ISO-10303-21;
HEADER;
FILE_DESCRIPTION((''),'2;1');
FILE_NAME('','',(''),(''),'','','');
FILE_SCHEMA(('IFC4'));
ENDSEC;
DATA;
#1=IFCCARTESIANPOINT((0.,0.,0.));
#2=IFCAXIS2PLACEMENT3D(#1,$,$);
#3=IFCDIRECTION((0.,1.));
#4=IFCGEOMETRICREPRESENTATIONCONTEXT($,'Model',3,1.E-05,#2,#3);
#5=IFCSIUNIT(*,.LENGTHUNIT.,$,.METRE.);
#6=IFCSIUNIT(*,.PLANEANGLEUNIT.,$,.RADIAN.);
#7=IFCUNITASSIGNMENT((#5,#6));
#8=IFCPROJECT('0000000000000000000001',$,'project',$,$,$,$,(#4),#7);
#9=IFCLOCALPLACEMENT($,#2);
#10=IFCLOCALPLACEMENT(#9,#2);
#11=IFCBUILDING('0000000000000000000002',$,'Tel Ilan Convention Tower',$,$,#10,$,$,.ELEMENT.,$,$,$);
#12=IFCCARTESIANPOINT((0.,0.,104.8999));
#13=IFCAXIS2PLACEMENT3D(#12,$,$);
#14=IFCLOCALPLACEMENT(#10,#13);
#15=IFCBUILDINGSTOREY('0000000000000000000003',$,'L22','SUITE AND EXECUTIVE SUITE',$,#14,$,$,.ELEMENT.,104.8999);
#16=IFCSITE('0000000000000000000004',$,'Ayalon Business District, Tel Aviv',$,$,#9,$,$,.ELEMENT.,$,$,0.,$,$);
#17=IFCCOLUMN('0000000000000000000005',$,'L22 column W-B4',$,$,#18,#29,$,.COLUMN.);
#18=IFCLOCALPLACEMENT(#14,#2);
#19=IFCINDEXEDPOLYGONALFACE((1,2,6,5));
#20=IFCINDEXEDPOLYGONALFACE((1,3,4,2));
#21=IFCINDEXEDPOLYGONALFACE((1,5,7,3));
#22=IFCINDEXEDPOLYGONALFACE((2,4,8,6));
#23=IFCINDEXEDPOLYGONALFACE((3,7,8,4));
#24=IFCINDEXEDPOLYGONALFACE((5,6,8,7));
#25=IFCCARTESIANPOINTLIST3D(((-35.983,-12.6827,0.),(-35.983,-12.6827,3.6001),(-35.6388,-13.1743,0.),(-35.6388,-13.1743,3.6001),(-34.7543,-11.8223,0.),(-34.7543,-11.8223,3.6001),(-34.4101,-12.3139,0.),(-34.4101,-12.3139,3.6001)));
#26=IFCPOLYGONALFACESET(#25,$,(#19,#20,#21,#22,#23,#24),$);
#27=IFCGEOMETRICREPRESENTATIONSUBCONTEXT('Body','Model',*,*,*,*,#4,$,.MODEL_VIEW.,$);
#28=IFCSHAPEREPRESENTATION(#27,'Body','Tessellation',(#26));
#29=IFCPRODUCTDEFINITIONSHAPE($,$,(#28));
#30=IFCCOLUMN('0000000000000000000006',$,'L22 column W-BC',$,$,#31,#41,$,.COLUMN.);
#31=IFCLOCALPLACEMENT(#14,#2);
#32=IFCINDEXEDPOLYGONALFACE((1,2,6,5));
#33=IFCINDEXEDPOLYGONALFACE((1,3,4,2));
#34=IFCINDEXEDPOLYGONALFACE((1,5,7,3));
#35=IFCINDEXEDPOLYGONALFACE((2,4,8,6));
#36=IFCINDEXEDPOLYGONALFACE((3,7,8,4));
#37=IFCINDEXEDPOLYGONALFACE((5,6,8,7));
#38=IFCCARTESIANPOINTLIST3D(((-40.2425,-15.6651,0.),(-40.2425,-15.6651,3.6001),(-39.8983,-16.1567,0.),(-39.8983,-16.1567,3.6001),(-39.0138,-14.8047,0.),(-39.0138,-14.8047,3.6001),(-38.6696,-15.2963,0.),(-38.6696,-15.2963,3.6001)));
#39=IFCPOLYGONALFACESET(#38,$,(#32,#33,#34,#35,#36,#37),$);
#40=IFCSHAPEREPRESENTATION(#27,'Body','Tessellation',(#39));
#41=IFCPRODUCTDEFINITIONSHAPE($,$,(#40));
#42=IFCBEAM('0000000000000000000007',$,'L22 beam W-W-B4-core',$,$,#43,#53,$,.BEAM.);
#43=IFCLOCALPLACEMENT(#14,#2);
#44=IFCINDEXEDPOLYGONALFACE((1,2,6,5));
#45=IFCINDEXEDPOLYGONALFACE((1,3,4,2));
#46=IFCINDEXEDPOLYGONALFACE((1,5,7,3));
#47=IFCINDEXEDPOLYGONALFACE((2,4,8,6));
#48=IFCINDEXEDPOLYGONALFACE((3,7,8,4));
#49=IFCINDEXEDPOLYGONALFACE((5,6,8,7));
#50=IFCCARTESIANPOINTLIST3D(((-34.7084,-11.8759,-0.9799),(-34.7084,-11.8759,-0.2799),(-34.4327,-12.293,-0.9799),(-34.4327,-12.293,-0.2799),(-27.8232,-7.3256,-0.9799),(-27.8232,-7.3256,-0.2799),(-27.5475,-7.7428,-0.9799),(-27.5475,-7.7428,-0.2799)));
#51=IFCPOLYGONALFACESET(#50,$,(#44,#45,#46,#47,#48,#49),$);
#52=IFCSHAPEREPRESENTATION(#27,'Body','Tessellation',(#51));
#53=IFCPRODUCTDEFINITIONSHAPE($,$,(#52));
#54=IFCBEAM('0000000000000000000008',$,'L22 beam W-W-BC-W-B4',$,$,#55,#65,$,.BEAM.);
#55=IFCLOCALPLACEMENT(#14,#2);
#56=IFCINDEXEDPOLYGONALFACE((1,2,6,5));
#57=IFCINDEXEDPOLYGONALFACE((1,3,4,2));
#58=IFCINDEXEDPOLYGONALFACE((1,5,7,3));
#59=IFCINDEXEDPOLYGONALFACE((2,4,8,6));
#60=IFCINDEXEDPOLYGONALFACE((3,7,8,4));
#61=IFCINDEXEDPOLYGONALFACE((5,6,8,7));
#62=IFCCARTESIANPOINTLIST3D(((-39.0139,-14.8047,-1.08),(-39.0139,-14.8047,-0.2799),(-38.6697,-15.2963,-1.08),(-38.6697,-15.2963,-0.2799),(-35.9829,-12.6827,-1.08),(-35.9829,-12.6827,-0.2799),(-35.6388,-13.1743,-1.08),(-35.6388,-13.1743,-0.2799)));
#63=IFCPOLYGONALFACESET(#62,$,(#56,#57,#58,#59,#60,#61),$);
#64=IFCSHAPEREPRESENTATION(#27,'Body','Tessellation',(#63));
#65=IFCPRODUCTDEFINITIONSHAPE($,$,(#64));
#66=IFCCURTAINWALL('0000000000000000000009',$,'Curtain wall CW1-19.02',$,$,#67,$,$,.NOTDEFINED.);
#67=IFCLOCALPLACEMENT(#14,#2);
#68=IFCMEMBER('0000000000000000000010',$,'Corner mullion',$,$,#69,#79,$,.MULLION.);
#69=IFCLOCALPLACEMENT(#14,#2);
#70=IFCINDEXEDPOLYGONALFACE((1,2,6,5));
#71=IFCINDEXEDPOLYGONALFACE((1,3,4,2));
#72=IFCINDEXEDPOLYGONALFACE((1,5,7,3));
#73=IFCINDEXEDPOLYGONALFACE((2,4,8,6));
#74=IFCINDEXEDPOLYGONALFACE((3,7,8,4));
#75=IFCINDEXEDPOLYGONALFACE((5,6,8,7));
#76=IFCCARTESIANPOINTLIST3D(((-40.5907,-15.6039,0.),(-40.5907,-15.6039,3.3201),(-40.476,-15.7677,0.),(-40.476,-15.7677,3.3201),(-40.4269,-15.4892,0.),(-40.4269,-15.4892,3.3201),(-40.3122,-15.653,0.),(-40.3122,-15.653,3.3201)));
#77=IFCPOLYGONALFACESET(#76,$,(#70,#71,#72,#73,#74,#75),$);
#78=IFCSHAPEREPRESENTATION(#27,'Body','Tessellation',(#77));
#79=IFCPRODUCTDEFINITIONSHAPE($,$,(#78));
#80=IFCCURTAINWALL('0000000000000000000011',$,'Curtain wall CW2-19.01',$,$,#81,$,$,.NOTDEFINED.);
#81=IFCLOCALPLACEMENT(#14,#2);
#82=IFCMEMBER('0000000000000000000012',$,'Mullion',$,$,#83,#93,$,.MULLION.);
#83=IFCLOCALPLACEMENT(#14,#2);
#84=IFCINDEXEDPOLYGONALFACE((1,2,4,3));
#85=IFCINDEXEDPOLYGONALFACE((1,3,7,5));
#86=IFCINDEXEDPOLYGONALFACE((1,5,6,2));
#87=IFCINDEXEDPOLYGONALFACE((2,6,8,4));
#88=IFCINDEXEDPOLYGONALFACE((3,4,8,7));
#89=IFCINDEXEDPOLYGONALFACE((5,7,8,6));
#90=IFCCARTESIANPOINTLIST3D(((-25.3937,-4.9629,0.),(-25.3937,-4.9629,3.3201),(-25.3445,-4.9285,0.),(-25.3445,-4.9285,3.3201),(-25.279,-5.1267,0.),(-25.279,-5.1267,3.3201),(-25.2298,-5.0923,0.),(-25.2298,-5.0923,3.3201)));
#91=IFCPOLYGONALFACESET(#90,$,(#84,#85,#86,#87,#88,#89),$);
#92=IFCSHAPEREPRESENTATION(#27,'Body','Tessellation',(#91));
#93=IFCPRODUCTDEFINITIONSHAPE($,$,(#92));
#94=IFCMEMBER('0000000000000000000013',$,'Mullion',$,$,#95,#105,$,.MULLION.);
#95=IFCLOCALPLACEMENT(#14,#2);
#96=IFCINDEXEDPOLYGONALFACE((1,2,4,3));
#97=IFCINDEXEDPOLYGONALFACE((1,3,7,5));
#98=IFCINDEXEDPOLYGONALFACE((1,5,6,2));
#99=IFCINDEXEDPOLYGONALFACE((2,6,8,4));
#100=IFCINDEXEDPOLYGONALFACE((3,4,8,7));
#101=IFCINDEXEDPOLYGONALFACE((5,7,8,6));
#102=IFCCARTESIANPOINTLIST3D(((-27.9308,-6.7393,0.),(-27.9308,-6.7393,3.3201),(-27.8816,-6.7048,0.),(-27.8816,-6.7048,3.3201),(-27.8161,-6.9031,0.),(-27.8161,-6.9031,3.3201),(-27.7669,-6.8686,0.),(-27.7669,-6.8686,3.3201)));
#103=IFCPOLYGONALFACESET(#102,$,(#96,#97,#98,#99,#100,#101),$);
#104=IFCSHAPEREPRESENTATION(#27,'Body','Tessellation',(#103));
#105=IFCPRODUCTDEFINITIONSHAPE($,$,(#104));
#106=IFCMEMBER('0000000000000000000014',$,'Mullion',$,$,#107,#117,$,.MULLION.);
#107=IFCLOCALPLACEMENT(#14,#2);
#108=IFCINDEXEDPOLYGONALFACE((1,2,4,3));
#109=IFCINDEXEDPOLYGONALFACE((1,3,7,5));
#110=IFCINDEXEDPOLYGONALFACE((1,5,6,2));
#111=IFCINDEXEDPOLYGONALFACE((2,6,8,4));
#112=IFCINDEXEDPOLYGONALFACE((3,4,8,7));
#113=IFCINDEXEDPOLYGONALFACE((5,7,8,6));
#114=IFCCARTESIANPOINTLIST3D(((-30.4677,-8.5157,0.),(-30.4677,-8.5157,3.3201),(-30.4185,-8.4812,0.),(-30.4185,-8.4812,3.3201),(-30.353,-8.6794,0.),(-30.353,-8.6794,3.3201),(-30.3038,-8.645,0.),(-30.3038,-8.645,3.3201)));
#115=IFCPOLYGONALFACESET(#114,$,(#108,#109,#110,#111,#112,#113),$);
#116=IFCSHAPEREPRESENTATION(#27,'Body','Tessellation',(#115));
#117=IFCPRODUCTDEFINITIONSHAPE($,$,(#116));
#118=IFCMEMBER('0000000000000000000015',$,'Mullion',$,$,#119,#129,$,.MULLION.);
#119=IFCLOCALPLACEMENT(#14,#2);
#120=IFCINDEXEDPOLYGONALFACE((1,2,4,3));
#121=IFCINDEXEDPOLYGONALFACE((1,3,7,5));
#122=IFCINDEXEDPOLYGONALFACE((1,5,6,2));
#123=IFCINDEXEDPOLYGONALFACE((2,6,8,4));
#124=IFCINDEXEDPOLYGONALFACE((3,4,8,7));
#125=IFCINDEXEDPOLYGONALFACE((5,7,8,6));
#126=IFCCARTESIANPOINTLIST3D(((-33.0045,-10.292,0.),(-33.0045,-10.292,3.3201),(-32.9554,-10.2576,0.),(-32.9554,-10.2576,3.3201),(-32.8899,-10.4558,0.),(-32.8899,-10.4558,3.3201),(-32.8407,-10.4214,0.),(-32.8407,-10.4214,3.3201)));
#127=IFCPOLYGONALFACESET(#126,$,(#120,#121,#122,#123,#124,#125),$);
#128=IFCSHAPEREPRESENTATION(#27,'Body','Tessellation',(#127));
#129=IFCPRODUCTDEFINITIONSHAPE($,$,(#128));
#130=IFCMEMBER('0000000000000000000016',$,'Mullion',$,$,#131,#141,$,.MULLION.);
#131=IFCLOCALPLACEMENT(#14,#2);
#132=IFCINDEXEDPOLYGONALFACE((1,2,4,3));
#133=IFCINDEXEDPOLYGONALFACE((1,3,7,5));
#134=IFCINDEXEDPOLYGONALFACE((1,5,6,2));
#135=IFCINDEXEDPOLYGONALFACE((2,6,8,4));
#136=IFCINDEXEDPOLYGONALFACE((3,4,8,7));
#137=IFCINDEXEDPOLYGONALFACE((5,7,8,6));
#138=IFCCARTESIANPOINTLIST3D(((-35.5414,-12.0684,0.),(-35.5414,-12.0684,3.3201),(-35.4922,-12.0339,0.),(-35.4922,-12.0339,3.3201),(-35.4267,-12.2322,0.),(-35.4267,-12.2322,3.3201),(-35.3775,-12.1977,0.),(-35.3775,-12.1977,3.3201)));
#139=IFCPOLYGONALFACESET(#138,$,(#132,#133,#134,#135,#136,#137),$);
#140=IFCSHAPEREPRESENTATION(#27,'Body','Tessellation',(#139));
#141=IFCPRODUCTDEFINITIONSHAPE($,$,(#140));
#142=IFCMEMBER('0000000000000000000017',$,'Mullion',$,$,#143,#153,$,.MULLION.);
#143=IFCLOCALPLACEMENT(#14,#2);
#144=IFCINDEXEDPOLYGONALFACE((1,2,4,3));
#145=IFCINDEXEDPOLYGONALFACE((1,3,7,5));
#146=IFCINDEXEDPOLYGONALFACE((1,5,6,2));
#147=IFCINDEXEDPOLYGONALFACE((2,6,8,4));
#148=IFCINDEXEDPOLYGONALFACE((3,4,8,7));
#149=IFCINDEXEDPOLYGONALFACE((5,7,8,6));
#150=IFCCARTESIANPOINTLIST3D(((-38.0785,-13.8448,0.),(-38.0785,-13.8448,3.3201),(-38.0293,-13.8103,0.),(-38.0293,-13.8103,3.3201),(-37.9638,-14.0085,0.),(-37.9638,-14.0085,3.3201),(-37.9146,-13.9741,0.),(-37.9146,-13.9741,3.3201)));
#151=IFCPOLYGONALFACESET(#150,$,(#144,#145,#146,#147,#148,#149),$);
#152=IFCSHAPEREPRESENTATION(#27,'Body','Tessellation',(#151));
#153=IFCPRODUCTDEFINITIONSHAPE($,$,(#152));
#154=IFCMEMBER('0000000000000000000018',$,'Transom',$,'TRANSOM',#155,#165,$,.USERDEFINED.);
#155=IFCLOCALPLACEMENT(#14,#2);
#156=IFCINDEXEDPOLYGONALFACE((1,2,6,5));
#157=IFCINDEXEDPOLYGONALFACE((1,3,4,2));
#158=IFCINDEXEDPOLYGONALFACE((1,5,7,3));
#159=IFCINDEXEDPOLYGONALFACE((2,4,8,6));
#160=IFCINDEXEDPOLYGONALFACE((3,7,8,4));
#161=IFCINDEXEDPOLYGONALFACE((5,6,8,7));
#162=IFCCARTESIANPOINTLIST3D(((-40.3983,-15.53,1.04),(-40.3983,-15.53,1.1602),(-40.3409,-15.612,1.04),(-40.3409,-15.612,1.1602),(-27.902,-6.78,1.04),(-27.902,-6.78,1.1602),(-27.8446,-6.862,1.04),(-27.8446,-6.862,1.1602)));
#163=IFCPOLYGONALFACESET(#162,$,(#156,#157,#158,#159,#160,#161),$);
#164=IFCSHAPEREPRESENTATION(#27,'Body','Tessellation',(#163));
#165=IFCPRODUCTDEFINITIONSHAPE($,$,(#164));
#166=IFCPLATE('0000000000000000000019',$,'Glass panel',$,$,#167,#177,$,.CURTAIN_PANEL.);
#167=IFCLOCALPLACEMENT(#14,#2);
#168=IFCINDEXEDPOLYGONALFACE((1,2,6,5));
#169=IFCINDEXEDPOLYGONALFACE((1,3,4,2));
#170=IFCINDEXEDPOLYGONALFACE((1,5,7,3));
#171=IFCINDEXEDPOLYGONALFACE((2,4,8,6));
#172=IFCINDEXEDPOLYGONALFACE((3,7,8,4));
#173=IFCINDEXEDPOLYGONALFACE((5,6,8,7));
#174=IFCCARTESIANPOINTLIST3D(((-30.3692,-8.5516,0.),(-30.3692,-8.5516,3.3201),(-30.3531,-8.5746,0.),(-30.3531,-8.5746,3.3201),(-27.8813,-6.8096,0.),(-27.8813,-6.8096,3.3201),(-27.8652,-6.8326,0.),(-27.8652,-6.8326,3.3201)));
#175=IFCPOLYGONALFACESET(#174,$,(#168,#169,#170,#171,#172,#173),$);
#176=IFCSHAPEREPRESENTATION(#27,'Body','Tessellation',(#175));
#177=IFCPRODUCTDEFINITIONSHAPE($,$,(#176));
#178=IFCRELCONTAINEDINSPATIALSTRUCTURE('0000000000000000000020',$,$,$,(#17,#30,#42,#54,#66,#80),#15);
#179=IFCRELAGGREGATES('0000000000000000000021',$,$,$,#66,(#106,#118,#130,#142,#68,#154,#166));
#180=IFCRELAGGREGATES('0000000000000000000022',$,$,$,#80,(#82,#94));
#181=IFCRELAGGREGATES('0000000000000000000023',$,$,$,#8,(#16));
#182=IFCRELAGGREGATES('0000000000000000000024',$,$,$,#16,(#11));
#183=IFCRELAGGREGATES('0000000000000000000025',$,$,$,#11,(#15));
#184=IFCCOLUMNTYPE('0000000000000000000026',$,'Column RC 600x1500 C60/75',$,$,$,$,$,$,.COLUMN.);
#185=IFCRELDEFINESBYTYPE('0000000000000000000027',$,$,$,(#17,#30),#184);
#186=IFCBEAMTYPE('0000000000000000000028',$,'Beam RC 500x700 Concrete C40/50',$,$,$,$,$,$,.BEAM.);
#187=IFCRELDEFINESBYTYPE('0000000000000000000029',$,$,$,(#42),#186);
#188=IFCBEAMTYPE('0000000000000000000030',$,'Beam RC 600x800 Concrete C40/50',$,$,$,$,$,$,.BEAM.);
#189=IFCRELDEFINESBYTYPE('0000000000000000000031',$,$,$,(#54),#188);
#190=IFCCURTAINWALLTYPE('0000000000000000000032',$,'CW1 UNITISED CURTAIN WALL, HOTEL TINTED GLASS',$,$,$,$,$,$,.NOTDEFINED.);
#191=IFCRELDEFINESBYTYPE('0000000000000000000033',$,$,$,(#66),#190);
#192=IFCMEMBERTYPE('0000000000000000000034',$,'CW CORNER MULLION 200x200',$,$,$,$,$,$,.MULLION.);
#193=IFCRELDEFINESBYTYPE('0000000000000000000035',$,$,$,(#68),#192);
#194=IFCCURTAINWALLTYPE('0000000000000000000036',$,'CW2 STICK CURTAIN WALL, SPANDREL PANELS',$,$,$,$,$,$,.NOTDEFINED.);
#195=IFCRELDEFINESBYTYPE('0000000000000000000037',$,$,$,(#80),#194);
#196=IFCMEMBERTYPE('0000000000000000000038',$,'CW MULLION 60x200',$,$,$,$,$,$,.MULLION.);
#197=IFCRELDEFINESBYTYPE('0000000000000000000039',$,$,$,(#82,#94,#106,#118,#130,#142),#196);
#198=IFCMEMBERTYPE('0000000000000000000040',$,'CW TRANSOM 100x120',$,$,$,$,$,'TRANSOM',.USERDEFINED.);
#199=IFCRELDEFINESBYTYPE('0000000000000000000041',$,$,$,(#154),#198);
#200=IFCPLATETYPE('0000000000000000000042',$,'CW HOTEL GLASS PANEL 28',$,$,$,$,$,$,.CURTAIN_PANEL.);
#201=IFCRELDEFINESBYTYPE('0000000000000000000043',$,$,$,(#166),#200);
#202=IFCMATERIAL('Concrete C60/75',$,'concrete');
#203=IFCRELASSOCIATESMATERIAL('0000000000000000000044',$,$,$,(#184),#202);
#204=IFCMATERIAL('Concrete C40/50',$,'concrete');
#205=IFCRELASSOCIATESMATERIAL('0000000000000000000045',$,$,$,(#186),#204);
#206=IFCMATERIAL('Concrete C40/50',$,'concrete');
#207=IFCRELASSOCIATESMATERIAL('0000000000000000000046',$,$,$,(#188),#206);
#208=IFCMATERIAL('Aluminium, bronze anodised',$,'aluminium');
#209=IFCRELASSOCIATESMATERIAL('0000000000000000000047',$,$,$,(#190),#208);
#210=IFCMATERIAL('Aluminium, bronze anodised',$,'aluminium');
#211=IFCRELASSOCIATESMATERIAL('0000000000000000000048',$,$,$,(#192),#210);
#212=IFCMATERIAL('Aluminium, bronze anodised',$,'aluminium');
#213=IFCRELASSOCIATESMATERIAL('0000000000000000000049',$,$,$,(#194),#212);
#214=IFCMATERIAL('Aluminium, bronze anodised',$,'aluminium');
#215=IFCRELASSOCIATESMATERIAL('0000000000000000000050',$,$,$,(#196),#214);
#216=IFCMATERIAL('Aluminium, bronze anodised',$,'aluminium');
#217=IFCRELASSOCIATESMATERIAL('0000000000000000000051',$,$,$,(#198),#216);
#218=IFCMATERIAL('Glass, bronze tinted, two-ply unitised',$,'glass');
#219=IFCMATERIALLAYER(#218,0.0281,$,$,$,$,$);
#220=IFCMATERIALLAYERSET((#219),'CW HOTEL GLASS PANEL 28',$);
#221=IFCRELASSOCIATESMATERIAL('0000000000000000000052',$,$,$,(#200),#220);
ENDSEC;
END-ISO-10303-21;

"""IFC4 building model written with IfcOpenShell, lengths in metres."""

from ifc_helpers import new_model, si_unit, direction, frame, origin, origin_2d, place, context, subcontext, project, spatial, rectangle, extrude, material, layer, layer_set, material_profile, profile_set, type_object, element, aggregate, save


model = new_model("IFC4")

# Units and contexts
model_context = context("Model", 3, precision=1e-05, world=origin(), true_north=direction((0.0, 1.0)))
body_context = subcontext(model_context, "Body", "Model", "MODEL_VIEW")
ifc_project = project(units=[si_unit("LENGTHUNIT", "METRE"), si_unit("PLANEANGLEUNIT", "RADIAN")], contexts=[model_context])

# Site, building, storey
site_placement = place(None, origin())
site = spatial("IfcSite", under=ifc_project, at=site_placement, Name="Ayalon Business District, Tel Aviv", CompositionType="ELEMENT", RefElevation=0.0)
building_placement = place(site_placement, origin())
building = spatial("IfcBuilding", under=site, at=building_placement, Name="Tel Ilan Convention Tower", CompositionType="ELEMENT")
storey_placement = place(building_placement, frame((0.0, 0.0, 104.8999)))
storey = spatial("IfcBuildingStorey", under=building, at=storey_placement, Name="L22", Description="SUITE AND EXECUTIVE SUITE", CompositionType="ELEMENT", Elevation=104.8999)

# Columns
ifc_material_1 = material(Name="Concrete C60/75", Category="concrete")
ifc_material_profile_1 = material_profile(ifc_material_1, rectangle(XDim=1.5, YDim=0.6001, at=origin_2d()), Name="RC 600x1500")
ifc_profile_set_1 = profile_set([ifc_material_profile_1], Name="Concrete C60/75")
column_type = type_object("IfcColumnType", Name="Column RC 600x1500 C60/75", PredefinedType="COLUMN", material=ifc_profile_set_1)
for number, where, z_axis, x_axis, name in (
    (1, (-35.1965, -12.4983, 0.0), (0.0, 0.0, 1.0), (-0.819152, -0.573576, 0.0), "L22 column W-B4"),
    (2, (-39.4561, -15.4807, 0.0), (0.0, 0.0, 1.0), (-0.819152, -0.573576, 0.0), "L22 column W-BC"),
):
    element("IfcColumn", number, at=place(storey_placement, frame(where, z_axis=z_axis, x_axis=x_axis)), inside=storey, type_object=column_type, Name=name, PredefinedType="COLUMN", context=body_context, shape_type="SweptSolid", body=[
        extrude(rectangle(XDim=1.5, YDim=0.6001, at=origin_2d()), origin(), (0.0, 0.0, 1.0), 3.6001),
    ])

# Beams
ifc_material_2 = material(Name="Concrete C40/50", Category="concrete")
ifc_material_profile_2 = material_profile(ifc_material_2, rectangle(XDim=0.5, YDim=0.7, at=origin_2d()), Name="RC 500x700")
ifc_profile_set_2 = profile_set([ifc_material_profile_2], Name="Concrete C40/50")
beam_type_1 = type_object("IfcBeamType", Name="Beam RC 500x700 Concrete C40/50", PredefinedType="BEAM", material=ifc_profile_set_2)
beam_1_placement = place(storey_placement, frame((-34.5706, -12.0845, -0.6299), z_axis=(0.834274, 0.551351, 0.0), x_axis=(-0.551351, 0.834274, 0.0)))
element("IfcBeam", 3, at=beam_1_placement, inside=storey, type_object=beam_type_1, Name="L22 beam W-W-B4-core", PredefinedType="BEAM", context=body_context, shape_type="SweptSolid", body=[
    extrude(rectangle(XDim=0.5, YDim=0.7, at=origin_2d()), origin(), (0.0, 0.0, 1.0), 8.2529),
])
ifc_material_3 = material(Name="Concrete C40/50", Category="concrete")
ifc_material_profile_3 = material_profile(ifc_material_3, rectangle(XDim=0.6001, YDim=0.8, at=origin_2d()), Name="RC 600x800")
ifc_profile_set_3 = profile_set([ifc_material_profile_3], Name="Concrete C40/50")
beam_type_2 = type_object("IfcBeamType", Name="Beam RC 600x800 Concrete C40/50", PredefinedType="BEAM", material=ifc_profile_set_3)
beam_2_placement = place(storey_placement, frame((-38.8418, -15.0505, -0.6799), z_axis=(0.819185, 0.573529, 0.0), x_axis=(-0.573529, 0.819185, 0.0)))
element("IfcBeam", 4, at=beam_2_placement, inside=storey, type_object=beam_type_2, Name="L22 beam W-W-BC-W-B4", PredefinedType="BEAM", context=body_context, shape_type="SweptSolid", body=[
    extrude(rectangle(XDim=0.6001, YDim=0.8, at=origin_2d()), origin(), (0.0, 0.0, 1.0), 3.7),
])

# Curtain wall, member
ifc_material_4 = material(Name="Aluminium, bronze anodised", Category="aluminium")
curtain_wall_type_1 = type_object("IfcCurtainWallType", Name="CW1 UNITISED CURTAIN WALL, HOTEL TINTED GLASS", PredefinedType="NOTDEFINED", material=ifc_material_4)
curtain_wall_1_placement = place(storey_placement, origin())
curtain_wall_1 = element("IfcCurtainWall", 5, at=curtain_wall_1_placement, inside=storey, type_object=curtain_wall_type_1, Name="Curtain wall CW1-19.02", PredefinedType="NOTDEFINED")
ifc_material_5 = material(Name="Aluminium, bronze anodised", Category="aluminium")
ifc_material_profile_4 = material_profile(ifc_material_5, rectangle(XDim=0.2, YDim=0.2, at=origin_2d()), Name="CW CORNER MULLION 200x200")
ifc_profile_set_4 = profile_set([ifc_material_profile_4], Name="Aluminium, bronze anodised")
member_type_1 = type_object("IfcMemberType", Name="CW CORNER MULLION 200x200", PredefinedType="MULLION", material=ifc_profile_set_4)
member_1_placement = place(storey_placement, frame((-40.4514, -15.6284, 0.0), z_axis=(0.0, 0.0, 1.0), x_axis=(-0.819152, -0.573576, 0.0)))
member_1 = element("IfcMember", 6, at=member_1_placement, type_object=member_type_1, Name="Corner mullion", PredefinedType="MULLION", context=body_context, shape_type="SweptSolid", body=[
    extrude(rectangle(XDim=0.2, YDim=0.2, at=origin_2d()), origin(), (0.0, 0.0, 1.0), 3.3201),
])

# Curtain wall, members
ifc_material_6 = material(Name="Aluminium, bronze anodised", Category="aluminium")
curtain_wall_type_2 = type_object("IfcCurtainWallType", Name="CW2 STICK CURTAIN WALL, SPANDREL PANELS", PredefinedType="NOTDEFINED", material=ifc_material_6)
curtain_wall_2_placement = place(storey_placement, origin())
curtain_wall_2 = element("IfcCurtainWall", 7, at=curtain_wall_2_placement, inside=storey, type_object=curtain_wall_type_2, Name="Curtain wall CW2-19.01", PredefinedType="NOTDEFINED")
ifc_material_7 = material(Name="Aluminium, bronze anodised", Category="aluminium")
ifc_material_profile_5 = material_profile(ifc_material_7, rectangle(XDim=0.0601, YDim=0.2, at=origin_2d()), Name="CW MULLION 60x200")
ifc_profile_set_5 = profile_set([ifc_material_profile_5], Name="Aluminium, bronze anodised")
member_type_2 = type_object("IfcMemberType", Name="CW MULLION 60x200", PredefinedType="MULLION", material=ifc_profile_set_5)
member_2_placement = place(storey_placement, frame((-25.3118, -5.0276, 0.0), z_axis=(0.0, 0.0, 1.0), x_axis=(-0.819152, -0.573576, 0.0)))
member_2 = element("IfcMember", 8, at=member_2_placement, type_object=member_type_2, Name="Mullion", PredefinedType="MULLION", context=body_context, shape_type="SweptSolid", body=[
    extrude(rectangle(XDim=0.0601, YDim=0.2, at=origin_2d()), origin(), (0.0, 0.0, 1.0), 3.3201),
])
member_3_placement = place(storey_placement, frame((-27.8489, -6.804, 0.0), z_axis=(0.0, 0.0, 1.0), x_axis=(-0.819152, -0.573576, 0.0)))
member_3 = element("IfcMember", 9, at=member_3_placement, type_object=member_type_2, Name="Mullion", PredefinedType="MULLION", context=body_context, shape_type="SweptSolid", body=[
    extrude(rectangle(XDim=0.0601, YDim=0.2, at=origin_2d()), origin(), (0.0, 0.0, 1.0), 3.3201),
])

# Members
member_4_placement = place(storey_placement, frame((-30.3857, -8.5803, 0.0), z_axis=(0.0, 0.0, 1.0), x_axis=(-0.819152, -0.573576, 0.0)))
member_4 = element("IfcMember", 10, at=member_4_placement, type_object=member_type_2, Name="Mullion", PredefinedType="MULLION", context=body_context, shape_type="SweptSolid", body=[
    extrude(rectangle(XDim=0.0601, YDim=0.2, at=origin_2d()), origin(), (0.0, 0.0, 1.0), 3.3201),
])
member_5_placement = place(storey_placement, frame((-32.9226, -10.3567, 0.0), z_axis=(0.0, 0.0, 1.0), x_axis=(-0.819152, -0.573576, 0.0)))
member_5 = element("IfcMember", 11, at=member_5_placement, type_object=member_type_2, Name="Mullion", PredefinedType="MULLION", context=body_context, shape_type="SweptSolid", body=[
    extrude(rectangle(XDim=0.0601, YDim=0.2, at=origin_2d()), origin(), (0.0, 0.0, 1.0), 3.3201),
])
member_6_placement = place(storey_placement, frame((-35.4595, -12.1331, 0.0), z_axis=(0.0, 0.0, 1.0), x_axis=(-0.819152, -0.573576, 0.0)))
member_6 = element("IfcMember", 12, at=member_6_placement, type_object=member_type_2, Name="Mullion", PredefinedType="MULLION", context=body_context, shape_type="SweptSolid", body=[
    extrude(rectangle(XDim=0.0601, YDim=0.2, at=origin_2d()), origin(), (0.0, 0.0, 1.0), 3.3201),
])
member_7_placement = place(storey_placement, frame((-37.9966, -13.9094, 0.0), z_axis=(0.0, 0.0, 1.0), x_axis=(-0.819152, -0.573576, 0.0)))
member_7 = element("IfcMember", 13, at=member_7_placement, type_object=member_type_2, Name="Mullion", PredefinedType="MULLION", context=body_context, shape_type="SweptSolid", body=[
    extrude(rectangle(XDim=0.0601, YDim=0.2, at=origin_2d()), origin(), (0.0, 0.0, 1.0), 3.3201),
])
ifc_material_8 = material(Name="Aluminium, bronze anodised", Category="aluminium")
ifc_material_profile_6 = material_profile(ifc_material_8, rectangle(XDim=0.1001, YDim=0.1201, at=origin_2d()), Name="CW TRANSOM 100x120")
ifc_profile_set_6 = profile_set([ifc_material_profile_6], Name="Aluminium, bronze anodised")
member_type_3 = type_object("IfcMemberType", Name="CW TRANSOM 100x120", ElementType="TRANSOM", PredefinedType="USERDEFINED", material=ifc_profile_set_6)
member_8_placement = place(storey_placement, frame((-27.8733, -6.821, 1.1001), z_axis=(-0.819153, -0.573575, 0.0), x_axis=(0.573575, -0.819153, 0.0)))
member_8 = element("IfcMember", 14, at=member_8_placement, type_object=member_type_3, Name="Transom", ObjectType="TRANSOM", PredefinedType="USERDEFINED", context=body_context, shape_type="SweptSolid", body=[
    extrude(rectangle(XDim=0.1001, YDim=0.1201, at=origin_2d()), origin(), (0.0, 0.0, 1.0), 15.2551),
])

# Plate
ifc_material_9 = material(Name="Glass, bronze tinted, two-ply unitised", Category="glass")
ifc_layer_1 = layer(ifc_material_9, 0.0281)
ifc_layer_set_1 = layer_set([ifc_layer_1], Name="CW HOTEL GLASS PANEL 28")
plate_type_1 = type_object("IfcPlateType", Name="CW HOTEL GLASS PANEL 28", PredefinedType="CURTAIN_PANEL", material=ifc_layer_set_1)
plate_1_placement = place(storey_placement, frame((-29.1172, -7.6921, 0.0), z_axis=(0.0, 0.0, 1.0), x_axis=(-0.819152, -0.573576, 0.0)))
plate_1 = element("IfcPlate", 15, at=plate_1_placement, type_object=plate_type_1, Name="Glass panel", PredefinedType="CURTAIN_PANEL", context=body_context, shape_type="SweptSolid", body=[
    extrude(rectangle(XDim=3.0371, YDim=0.0281, at=origin_2d()), origin(), (0.0, 0.0, 1.0), 3.3201),
])
aggregate(curtain_wall_1, [member_4, member_5, member_6, member_7, member_1, member_8, plate_1])
aggregate(curtain_wall_2, [member_2, member_3])

save(model, "model.ifc")
